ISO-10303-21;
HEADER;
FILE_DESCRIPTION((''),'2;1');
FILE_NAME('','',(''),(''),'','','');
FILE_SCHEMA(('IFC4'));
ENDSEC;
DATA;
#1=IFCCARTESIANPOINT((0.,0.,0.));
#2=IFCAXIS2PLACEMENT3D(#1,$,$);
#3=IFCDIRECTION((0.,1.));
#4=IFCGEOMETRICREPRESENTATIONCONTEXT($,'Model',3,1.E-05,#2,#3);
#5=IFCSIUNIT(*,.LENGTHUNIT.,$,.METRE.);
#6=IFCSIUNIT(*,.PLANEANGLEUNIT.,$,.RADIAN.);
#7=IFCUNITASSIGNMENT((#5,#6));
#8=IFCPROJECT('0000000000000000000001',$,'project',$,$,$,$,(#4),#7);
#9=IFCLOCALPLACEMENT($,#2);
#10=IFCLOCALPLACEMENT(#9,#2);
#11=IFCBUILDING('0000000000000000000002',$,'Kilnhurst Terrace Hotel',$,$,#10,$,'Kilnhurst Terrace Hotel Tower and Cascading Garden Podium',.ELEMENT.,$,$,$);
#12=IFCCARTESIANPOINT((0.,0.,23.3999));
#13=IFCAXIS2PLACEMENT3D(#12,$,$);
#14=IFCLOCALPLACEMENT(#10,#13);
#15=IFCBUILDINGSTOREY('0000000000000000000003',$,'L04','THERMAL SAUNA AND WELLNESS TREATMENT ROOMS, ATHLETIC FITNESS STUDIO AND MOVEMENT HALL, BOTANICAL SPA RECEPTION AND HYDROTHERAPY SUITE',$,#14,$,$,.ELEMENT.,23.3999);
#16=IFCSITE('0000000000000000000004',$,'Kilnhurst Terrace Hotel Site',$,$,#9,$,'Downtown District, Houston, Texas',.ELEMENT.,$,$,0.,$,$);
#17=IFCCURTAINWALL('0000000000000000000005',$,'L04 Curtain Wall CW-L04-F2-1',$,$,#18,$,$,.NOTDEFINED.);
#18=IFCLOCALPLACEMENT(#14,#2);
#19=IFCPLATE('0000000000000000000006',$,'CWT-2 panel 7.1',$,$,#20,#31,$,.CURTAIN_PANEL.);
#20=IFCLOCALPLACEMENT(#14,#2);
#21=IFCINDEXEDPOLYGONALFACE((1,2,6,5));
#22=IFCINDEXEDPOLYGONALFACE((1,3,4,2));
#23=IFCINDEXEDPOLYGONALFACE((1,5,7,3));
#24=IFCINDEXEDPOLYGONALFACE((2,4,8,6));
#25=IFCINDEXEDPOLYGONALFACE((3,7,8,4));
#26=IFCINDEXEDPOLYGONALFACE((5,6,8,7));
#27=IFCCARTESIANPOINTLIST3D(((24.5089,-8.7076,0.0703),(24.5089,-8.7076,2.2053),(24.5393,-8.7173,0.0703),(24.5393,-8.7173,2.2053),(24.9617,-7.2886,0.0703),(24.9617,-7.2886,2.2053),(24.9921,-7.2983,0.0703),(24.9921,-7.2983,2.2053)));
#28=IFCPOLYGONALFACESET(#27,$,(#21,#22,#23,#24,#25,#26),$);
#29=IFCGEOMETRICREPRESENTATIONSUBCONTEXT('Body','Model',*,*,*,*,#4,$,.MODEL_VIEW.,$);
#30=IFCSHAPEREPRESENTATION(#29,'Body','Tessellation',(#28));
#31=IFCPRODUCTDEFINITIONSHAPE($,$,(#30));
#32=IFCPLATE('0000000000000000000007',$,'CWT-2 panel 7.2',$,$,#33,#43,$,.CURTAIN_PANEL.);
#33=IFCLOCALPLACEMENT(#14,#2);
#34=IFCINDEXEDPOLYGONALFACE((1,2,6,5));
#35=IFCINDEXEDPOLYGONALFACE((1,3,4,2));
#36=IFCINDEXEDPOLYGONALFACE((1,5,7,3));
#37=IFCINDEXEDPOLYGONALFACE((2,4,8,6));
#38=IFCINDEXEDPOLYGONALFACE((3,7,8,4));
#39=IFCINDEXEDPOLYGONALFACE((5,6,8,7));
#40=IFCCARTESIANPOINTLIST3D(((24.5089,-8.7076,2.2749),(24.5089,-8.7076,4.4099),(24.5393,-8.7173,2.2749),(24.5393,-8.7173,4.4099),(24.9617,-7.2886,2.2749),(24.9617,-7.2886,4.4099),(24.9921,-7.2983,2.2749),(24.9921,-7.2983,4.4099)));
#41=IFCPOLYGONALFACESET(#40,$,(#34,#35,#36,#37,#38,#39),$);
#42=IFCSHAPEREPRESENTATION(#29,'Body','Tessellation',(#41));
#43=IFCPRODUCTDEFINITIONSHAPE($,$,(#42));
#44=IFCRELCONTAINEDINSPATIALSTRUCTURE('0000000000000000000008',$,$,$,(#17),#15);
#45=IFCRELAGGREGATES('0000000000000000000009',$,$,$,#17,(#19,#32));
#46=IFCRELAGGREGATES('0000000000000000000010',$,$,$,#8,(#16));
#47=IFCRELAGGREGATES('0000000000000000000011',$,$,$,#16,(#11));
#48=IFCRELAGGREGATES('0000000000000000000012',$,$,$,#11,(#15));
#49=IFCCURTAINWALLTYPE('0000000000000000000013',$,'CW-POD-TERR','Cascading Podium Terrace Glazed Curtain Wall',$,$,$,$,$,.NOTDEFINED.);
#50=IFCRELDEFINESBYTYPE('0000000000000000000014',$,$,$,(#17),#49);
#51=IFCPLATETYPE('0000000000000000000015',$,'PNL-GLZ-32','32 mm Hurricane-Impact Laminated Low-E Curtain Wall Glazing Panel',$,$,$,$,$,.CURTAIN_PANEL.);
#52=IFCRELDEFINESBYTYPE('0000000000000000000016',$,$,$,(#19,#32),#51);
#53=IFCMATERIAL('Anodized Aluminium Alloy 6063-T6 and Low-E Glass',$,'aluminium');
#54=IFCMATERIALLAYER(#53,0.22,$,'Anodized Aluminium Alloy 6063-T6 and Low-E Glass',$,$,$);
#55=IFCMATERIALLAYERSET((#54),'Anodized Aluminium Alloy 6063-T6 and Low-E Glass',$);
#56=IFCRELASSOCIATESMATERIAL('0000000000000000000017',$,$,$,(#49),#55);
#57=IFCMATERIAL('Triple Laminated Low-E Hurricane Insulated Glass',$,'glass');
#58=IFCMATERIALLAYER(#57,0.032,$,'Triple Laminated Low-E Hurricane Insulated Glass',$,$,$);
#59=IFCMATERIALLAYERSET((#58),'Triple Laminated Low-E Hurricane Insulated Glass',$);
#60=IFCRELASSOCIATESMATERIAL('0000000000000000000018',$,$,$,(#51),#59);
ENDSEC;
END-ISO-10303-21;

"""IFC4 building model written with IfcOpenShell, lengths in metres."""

from ifc_helpers import new_model, si_unit, direction, frame, origin, origin_2d, place, context, subcontext, project, spatial, rectangle, extrude, material, layer, layer_set, type_object, element, aggregate, save


model = new_model("IFC4")

# Units and contexts
model_context = context("Model", 3, precision=1e-05, world=origin(), true_north=direction((0.0, 1.0)))
body_context = subcontext(model_context, "Body", "Model", "MODEL_VIEW")
ifc_project = project(units=[si_unit("LENGTHUNIT", "METRE"), si_unit("PLANEANGLEUNIT", "RADIAN")], contexts=[model_context])

# Site, building, storey
site_placement = place(None, origin())
site = spatial("IfcSite", under=ifc_project, at=site_placement, Name="Kilnhurst Terrace Hotel Site", LongName="Downtown District, Houston, Texas", CompositionType="ELEMENT", RefElevation=0.0)
building_placement = place(site_placement, origin())
building = spatial("IfcBuilding", under=site, at=building_placement, Name="Kilnhurst Terrace Hotel", LongName="Kilnhurst Terrace Hotel Tower and Cascading Garden Podium", CompositionType="ELEMENT")
storey_placement = place(building_placement, frame((0.0, 0.0, 23.3999)))
storey = spatial("IfcBuildingStorey", under=building, at=storey_placement, Name="L04", Description="THERMAL SAUNA AND WELLNESS TREATMENT ROOMS, ATHLETIC FITNESS STUDIO AND MOVEMENT HALL, BOTANICAL SPA RECEPTION AND HYDROTHERAPY SUITE", CompositionType="ELEMENT", Elevation=23.3999)

# Curtain wall, plates
ifc_material_1 = material(Name="Anodized Aluminium Alloy 6063-T6 and Low-E Glass", Category="aluminium")
ifc_layer_1 = layer(ifc_material_1, 0.22, Name="Anodized Aluminium Alloy 6063-T6 and Low-E Glass")
ifc_layer_set_1 = layer_set([ifc_layer_1], Name="Anodized Aluminium Alloy 6063-T6 and Low-E Glass")
curtain_wall_type = type_object("IfcCurtainWallType", Name="CW-POD-TERR", Description="Cascading Podium Terrace Glazed Curtain Wall", PredefinedType="NOTDEFINED", material=ifc_layer_set_1)
curtain_wall_placement = place(storey_placement, origin())
curtain_wall = element("IfcCurtainWall", 1, at=curtain_wall_placement, inside=storey, type_object=curtain_wall_type, Name="L04 Curtain Wall CW-L04-F2-1", PredefinedType="NOTDEFINED")
ifc_material_2 = material(Name="Triple Laminated Low-E Hurricane Insulated Glass", Category="glass")
ifc_layer_2 = layer(ifc_material_2, 0.032, Name="Triple Laminated Low-E Hurricane Insulated Glass")
ifc_layer_set_2 = layer_set([ifc_layer_2], Name="Triple Laminated Low-E Hurricane Insulated Glass")
plate_type = type_object("IfcPlateType", Name="PNL-GLZ-32", Description="32 mm Hurricane-Impact Laminated Low-E Curtain Wall Glazing Panel", PredefinedType="CURTAIN_PANEL", material=ifc_layer_set_2)
plate_1_placement = place(storey_placement, frame((24.7505, -8.0029, 0.0703), z_axis=(0.0, 0.0, 1.0), x_axis=(0.303992, 0.952675, 0.0)))
plate_1 = element("IfcPlate", 2, at=plate_1_placement, type_object=plate_type, Name="CWT-2 panel 7.1", PredefinedType="CURTAIN_PANEL", context=body_context, shape_type="SweptSolid", body=[
    extrude(rectangle(XDim=1.4895, YDim=0.032, at=origin_2d()), origin(), (0.0, 0.0, 1.0), 2.135),
])
plate_2_placement = place(storey_placement, frame((24.7505, -8.0029, 2.2749), z_axis=(0.0, 0.0, 1.0), x_axis=(0.303992, 0.952675, 0.0)))
plate_2 = element("IfcPlate", 3, at=plate_2_placement, type_object=plate_type, Name="CWT-2 panel 7.2", PredefinedType="CURTAIN_PANEL", context=body_context, shape_type="SweptSolid", body=[
    extrude(rectangle(XDim=1.4895, YDim=0.032, at=origin_2d()), origin(), (0.0, 0.0, 1.0), 2.135),
])
aggregate(curtain_wall, [plate_1, plate_2])

save(model, "model.ifc")
